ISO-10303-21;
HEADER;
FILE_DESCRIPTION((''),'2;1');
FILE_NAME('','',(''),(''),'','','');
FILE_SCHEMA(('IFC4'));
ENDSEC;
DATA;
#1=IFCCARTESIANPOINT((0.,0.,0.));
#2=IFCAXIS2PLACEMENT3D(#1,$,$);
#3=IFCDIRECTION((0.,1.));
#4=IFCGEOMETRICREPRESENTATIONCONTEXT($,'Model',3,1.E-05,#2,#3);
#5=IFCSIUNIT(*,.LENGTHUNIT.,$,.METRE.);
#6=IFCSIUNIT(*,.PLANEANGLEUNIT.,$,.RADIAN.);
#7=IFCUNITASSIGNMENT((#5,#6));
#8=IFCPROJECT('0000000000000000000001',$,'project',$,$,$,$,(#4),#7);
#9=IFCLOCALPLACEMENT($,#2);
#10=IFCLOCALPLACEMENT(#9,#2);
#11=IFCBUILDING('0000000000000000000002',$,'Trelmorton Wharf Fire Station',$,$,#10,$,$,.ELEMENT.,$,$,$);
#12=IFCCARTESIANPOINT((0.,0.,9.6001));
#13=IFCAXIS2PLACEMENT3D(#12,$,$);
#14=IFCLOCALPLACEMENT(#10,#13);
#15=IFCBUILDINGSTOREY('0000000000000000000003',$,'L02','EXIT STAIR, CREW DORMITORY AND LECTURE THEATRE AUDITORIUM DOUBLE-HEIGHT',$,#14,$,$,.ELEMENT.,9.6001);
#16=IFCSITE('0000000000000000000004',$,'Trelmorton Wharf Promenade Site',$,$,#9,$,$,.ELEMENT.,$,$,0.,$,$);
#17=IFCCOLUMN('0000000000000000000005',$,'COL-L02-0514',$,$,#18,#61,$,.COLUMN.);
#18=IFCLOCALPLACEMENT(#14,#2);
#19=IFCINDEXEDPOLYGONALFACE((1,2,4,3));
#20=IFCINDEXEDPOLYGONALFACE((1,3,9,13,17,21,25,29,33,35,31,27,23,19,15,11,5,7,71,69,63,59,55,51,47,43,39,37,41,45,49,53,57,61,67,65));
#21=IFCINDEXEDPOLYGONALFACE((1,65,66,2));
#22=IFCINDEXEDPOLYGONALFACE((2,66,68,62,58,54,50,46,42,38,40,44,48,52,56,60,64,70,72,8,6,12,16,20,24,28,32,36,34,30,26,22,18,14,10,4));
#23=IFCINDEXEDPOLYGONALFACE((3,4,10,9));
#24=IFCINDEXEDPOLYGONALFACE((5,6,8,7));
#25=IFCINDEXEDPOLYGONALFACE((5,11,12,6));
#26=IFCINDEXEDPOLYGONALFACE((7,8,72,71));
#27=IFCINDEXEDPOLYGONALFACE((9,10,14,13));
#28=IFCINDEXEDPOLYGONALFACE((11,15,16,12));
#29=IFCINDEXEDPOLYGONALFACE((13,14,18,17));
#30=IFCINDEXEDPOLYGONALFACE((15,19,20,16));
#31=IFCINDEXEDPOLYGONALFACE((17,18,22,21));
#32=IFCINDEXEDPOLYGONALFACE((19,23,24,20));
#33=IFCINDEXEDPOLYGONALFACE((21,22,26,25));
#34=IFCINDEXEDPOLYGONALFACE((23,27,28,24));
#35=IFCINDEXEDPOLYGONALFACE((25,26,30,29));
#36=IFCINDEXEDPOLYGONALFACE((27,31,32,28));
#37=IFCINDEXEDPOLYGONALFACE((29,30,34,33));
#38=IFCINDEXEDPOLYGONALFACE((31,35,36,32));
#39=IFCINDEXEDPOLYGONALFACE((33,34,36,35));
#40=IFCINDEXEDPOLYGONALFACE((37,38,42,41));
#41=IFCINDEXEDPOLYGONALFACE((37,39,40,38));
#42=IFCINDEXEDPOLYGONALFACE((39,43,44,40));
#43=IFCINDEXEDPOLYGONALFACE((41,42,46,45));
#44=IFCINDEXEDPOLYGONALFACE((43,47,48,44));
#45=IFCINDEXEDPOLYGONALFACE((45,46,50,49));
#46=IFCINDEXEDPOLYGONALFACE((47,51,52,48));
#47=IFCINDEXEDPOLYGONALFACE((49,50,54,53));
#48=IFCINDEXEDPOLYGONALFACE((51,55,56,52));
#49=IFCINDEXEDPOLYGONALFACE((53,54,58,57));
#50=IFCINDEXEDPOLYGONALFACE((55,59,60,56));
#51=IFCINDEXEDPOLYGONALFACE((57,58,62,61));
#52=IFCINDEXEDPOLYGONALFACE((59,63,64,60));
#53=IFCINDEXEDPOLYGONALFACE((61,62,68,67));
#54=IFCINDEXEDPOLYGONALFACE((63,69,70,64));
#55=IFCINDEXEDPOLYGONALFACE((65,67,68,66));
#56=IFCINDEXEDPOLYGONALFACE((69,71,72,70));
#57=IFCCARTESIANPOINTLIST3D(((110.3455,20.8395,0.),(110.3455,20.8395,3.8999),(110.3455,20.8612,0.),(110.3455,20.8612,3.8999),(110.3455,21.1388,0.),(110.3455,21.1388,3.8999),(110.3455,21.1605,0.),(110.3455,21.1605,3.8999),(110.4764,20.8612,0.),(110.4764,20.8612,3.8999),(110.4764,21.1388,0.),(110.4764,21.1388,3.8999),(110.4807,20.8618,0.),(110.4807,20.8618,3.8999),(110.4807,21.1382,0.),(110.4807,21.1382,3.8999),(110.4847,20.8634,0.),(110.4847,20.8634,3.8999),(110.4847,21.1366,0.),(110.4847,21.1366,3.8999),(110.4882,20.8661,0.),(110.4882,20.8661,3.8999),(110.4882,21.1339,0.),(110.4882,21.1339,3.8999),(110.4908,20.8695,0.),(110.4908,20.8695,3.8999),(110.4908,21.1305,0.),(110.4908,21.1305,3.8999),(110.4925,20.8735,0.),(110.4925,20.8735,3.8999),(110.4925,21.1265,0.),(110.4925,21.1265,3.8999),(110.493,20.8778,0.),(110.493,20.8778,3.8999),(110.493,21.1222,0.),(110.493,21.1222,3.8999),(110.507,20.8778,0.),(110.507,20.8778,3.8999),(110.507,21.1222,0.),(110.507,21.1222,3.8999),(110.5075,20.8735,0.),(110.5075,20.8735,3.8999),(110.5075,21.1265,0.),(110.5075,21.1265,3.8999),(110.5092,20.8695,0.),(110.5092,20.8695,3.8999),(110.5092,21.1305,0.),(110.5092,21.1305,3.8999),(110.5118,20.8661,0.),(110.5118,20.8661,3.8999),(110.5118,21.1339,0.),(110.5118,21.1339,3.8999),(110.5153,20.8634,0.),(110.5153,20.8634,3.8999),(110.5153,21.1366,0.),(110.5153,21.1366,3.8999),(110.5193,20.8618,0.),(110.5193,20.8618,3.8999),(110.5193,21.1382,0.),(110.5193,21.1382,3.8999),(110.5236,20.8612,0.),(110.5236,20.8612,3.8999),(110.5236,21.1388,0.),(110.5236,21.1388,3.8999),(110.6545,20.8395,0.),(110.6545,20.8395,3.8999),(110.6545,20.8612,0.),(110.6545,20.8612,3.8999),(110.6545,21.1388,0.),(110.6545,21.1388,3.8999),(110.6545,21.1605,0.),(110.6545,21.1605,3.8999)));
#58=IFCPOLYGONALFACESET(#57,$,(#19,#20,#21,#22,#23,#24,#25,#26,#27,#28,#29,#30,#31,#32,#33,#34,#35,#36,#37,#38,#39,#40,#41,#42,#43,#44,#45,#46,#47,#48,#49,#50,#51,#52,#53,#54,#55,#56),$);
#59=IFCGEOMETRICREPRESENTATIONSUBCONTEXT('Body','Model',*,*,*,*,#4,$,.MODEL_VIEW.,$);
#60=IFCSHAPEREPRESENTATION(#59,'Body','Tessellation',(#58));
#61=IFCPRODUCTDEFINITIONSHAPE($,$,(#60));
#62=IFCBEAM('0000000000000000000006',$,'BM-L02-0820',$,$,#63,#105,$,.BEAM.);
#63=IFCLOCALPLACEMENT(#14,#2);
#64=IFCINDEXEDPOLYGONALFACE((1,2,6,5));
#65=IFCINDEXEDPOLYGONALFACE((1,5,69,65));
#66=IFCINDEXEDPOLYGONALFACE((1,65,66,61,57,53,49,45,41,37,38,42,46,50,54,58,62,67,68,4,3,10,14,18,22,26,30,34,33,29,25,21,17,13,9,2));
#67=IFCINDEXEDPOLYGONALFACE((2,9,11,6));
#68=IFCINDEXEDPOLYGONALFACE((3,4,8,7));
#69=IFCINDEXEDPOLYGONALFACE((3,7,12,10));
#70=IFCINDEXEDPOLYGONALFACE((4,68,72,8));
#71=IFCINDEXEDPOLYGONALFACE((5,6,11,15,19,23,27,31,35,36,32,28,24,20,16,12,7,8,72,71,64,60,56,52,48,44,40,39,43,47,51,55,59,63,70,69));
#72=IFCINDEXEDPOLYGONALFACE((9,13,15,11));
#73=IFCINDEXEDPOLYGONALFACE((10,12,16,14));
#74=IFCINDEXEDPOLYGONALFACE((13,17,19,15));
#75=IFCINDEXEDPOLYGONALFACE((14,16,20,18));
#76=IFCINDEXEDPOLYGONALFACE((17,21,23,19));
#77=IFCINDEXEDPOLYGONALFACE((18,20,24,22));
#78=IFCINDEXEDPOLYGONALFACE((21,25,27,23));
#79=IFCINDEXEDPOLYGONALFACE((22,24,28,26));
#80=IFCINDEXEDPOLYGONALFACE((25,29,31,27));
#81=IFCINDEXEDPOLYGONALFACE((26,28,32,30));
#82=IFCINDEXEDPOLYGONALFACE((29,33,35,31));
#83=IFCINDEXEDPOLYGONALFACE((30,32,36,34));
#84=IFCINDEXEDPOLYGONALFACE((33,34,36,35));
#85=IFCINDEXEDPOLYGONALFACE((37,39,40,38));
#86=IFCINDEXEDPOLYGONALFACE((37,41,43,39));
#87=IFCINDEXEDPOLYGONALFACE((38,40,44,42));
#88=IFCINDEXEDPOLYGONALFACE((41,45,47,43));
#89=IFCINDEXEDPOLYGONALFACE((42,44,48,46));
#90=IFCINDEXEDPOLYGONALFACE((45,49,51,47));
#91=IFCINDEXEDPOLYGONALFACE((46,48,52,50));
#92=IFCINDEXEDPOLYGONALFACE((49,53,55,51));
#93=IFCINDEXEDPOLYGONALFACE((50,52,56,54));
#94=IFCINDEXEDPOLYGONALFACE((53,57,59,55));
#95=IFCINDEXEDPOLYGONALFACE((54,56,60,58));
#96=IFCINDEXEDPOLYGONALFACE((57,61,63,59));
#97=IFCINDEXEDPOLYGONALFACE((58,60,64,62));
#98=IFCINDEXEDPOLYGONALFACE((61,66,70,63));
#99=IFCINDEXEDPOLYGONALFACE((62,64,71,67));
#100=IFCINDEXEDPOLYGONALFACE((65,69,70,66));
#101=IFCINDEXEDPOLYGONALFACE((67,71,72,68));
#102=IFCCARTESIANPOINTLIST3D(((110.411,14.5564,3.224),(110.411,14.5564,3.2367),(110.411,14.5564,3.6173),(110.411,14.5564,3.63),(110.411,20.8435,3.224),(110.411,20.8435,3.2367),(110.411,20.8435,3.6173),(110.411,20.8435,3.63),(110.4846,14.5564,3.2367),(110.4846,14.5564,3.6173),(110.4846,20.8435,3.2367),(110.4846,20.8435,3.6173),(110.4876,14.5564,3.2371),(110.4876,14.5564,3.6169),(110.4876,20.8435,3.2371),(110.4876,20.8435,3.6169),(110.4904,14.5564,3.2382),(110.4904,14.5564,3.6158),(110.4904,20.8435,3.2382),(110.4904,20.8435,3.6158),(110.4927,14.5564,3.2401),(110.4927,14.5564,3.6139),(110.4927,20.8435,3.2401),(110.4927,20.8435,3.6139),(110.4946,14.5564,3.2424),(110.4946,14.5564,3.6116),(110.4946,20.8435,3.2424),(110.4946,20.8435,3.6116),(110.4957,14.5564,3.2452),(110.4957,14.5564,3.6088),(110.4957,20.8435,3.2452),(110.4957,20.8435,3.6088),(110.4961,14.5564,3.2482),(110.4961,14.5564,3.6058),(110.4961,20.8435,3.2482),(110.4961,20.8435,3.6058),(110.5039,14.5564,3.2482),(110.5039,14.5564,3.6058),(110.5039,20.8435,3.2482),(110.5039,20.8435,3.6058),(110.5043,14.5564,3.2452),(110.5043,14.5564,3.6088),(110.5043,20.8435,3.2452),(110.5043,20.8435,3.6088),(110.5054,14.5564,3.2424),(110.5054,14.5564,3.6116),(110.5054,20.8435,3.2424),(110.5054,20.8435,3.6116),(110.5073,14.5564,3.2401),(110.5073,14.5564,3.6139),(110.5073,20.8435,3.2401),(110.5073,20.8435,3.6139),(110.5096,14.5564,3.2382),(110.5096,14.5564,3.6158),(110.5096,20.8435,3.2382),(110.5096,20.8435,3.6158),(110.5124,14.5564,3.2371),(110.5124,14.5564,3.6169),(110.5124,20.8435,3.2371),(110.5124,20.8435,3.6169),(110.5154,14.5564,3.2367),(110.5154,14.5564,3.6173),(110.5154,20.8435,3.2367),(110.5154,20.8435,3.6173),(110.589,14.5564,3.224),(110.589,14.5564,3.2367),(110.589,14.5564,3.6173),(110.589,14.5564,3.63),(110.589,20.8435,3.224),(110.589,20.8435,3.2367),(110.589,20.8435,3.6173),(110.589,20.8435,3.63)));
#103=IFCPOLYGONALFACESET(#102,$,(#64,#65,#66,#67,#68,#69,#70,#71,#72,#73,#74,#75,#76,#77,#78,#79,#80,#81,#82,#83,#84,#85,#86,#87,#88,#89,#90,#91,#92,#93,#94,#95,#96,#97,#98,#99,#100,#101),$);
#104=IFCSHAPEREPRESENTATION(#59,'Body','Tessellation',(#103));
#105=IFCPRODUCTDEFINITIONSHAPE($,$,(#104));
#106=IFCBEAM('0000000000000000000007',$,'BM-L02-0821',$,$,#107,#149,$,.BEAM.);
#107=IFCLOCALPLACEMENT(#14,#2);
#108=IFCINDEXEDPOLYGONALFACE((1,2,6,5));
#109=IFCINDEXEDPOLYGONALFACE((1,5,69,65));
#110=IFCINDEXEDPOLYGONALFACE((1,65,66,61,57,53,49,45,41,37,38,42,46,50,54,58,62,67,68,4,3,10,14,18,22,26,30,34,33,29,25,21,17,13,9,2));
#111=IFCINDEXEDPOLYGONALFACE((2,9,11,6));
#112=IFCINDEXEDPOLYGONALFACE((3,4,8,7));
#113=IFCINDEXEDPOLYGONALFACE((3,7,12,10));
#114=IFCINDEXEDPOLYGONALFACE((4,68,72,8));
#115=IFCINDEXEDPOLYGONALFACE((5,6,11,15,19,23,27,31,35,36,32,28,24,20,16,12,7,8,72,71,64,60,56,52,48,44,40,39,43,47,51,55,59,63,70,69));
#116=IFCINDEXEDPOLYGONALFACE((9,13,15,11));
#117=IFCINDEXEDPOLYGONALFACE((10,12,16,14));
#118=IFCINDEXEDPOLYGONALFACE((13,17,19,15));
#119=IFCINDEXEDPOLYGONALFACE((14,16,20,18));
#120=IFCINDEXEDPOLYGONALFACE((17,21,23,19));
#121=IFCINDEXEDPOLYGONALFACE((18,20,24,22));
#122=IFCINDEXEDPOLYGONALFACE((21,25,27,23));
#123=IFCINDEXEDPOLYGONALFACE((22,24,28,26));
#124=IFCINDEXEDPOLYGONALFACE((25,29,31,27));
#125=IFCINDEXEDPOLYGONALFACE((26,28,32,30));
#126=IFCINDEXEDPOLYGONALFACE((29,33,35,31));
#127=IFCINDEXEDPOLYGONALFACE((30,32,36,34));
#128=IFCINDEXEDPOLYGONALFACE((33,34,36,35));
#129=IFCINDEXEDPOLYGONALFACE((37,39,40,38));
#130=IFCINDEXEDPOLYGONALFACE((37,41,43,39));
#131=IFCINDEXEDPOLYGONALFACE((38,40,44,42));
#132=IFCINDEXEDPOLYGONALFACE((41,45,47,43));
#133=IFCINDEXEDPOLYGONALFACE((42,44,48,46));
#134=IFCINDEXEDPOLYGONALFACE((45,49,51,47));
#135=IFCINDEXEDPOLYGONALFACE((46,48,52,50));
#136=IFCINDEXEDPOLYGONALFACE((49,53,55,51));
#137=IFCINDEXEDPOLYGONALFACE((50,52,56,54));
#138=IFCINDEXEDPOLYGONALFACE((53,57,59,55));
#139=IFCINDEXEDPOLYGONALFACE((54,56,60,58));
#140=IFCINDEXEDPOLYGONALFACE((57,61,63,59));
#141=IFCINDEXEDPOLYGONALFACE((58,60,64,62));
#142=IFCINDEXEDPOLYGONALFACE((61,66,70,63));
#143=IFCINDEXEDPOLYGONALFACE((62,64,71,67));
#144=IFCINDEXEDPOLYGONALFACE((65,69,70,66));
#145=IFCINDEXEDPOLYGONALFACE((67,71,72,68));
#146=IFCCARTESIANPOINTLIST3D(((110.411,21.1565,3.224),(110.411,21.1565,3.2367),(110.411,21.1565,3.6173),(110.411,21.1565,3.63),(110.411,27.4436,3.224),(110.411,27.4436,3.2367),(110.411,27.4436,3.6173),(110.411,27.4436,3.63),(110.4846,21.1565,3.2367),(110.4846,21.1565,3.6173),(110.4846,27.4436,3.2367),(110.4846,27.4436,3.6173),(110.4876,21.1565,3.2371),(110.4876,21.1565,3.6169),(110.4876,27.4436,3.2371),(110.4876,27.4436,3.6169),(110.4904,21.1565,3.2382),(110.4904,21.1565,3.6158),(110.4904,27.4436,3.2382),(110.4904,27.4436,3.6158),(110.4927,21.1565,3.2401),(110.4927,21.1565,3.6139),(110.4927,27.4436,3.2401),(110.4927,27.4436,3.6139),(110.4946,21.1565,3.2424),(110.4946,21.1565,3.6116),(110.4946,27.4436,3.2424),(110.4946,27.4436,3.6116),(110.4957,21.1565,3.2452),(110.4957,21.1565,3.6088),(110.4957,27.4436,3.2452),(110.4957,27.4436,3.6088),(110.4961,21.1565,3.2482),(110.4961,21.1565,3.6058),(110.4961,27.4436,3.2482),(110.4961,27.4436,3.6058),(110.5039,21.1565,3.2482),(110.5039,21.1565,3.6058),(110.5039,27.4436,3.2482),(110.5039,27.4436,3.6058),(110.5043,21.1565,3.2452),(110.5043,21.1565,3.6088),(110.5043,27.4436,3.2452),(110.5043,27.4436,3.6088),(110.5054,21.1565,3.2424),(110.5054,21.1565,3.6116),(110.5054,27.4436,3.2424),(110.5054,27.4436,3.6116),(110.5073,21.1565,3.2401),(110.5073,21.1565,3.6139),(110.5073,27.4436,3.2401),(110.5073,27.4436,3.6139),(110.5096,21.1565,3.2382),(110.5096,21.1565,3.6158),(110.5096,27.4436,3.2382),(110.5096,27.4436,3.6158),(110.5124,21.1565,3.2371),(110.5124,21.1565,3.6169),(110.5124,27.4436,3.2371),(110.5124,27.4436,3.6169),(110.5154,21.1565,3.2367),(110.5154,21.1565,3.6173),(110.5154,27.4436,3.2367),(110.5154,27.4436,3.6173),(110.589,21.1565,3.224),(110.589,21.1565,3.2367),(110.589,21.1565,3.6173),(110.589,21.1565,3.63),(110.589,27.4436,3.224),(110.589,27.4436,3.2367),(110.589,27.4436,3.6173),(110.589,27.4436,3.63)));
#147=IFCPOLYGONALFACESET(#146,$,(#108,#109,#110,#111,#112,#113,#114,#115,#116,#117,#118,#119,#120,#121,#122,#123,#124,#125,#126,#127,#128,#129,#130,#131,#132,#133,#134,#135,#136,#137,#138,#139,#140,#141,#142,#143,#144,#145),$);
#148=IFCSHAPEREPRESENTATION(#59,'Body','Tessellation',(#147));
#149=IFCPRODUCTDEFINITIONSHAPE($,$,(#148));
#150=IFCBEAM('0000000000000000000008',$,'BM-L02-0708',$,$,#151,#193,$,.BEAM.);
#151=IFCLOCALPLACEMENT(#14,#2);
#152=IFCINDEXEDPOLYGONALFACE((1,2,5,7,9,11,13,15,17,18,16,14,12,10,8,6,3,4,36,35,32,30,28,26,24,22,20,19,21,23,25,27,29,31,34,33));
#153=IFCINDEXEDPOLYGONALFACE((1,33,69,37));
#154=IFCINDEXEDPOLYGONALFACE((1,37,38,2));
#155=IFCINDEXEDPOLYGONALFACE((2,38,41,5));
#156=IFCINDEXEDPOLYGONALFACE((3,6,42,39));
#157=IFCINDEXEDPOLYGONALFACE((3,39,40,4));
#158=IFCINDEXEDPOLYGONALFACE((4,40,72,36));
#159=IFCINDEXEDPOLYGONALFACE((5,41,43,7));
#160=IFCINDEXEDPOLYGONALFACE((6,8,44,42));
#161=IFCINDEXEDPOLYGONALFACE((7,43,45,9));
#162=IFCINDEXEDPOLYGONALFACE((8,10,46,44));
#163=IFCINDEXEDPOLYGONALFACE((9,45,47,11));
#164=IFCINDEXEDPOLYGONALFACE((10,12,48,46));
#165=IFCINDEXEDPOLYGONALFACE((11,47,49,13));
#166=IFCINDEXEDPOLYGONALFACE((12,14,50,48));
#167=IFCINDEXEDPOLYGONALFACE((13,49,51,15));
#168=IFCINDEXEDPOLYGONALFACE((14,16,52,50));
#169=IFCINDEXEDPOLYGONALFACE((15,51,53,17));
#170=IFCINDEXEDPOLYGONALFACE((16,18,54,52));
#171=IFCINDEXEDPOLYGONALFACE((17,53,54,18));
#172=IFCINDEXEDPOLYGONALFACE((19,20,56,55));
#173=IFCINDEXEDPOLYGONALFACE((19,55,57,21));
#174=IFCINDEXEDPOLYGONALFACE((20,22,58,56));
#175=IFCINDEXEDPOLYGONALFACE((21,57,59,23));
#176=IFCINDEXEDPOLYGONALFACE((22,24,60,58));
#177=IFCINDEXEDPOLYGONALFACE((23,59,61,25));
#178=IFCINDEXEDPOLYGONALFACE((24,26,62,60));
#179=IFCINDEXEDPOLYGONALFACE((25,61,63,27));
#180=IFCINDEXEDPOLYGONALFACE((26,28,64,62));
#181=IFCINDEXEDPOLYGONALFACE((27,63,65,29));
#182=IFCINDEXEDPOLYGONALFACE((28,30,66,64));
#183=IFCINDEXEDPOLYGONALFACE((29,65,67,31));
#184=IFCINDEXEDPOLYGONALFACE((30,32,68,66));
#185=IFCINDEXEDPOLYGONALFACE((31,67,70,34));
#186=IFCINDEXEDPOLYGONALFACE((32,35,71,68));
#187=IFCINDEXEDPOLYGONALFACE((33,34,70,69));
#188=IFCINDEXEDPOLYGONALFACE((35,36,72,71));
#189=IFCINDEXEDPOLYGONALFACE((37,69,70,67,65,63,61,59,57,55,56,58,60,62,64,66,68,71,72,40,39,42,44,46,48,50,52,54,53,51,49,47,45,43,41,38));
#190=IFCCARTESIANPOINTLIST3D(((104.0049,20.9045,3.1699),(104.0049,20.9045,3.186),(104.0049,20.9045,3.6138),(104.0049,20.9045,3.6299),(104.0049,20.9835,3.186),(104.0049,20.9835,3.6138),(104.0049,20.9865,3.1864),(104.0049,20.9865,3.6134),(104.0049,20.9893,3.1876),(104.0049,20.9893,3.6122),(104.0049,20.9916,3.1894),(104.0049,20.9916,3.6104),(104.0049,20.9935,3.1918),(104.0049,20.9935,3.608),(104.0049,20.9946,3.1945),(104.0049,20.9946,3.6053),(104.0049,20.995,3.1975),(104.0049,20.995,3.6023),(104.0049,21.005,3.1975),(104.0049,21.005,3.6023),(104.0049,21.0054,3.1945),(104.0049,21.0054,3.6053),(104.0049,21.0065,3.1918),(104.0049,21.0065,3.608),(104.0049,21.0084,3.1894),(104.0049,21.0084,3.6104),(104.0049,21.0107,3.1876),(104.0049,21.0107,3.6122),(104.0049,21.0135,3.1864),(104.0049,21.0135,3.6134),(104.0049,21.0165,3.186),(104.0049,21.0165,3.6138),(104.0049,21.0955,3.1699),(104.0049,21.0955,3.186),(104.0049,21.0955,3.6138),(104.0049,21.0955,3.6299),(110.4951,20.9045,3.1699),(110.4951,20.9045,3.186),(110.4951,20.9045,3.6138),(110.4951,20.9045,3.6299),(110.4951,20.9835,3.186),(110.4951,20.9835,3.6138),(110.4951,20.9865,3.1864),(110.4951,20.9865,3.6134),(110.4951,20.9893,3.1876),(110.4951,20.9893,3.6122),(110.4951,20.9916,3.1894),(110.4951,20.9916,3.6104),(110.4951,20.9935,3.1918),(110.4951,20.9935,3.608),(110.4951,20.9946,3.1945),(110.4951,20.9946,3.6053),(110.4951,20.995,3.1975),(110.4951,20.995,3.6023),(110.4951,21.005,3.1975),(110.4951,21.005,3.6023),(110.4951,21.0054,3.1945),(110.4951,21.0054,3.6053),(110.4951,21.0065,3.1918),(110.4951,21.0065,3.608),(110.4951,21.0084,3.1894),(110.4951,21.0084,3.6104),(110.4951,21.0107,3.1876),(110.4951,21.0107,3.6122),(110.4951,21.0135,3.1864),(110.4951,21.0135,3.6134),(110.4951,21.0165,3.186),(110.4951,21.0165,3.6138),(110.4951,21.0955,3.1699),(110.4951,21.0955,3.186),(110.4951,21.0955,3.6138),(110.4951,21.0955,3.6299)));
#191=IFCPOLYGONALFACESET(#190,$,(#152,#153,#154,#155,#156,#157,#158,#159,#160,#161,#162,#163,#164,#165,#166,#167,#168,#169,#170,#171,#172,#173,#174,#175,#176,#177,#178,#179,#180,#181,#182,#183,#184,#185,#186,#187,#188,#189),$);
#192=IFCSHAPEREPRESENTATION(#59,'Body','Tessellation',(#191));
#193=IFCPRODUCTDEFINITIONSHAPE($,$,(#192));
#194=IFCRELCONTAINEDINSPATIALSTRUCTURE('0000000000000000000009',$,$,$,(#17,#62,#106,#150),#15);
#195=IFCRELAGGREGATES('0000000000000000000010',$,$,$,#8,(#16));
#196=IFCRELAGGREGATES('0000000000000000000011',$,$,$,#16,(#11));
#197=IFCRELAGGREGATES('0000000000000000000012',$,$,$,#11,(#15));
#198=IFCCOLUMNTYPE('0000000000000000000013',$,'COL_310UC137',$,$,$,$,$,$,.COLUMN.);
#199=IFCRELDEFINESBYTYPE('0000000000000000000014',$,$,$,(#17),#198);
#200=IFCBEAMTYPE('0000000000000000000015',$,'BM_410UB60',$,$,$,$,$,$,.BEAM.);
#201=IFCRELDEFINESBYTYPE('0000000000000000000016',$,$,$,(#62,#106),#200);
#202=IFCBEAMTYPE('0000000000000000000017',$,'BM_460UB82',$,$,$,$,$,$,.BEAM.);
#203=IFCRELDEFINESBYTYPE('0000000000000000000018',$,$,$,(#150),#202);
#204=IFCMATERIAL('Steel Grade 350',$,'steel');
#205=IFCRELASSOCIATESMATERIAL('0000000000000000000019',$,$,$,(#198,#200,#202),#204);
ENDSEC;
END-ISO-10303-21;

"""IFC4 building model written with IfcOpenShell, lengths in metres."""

from ifc_helpers import new_model, si_unit, direction, frame, origin, origin_2d, place, context, subcontext, project, spatial, i_section, extrude, material, material_profile, profile_set, type_object, element, save


model = new_model("IFC4")

# Units and contexts
model_context = context("Model", 3, precision=1e-05, world=origin(), true_north=direction((0.0, 1.0)))
body_context = subcontext(model_context, "Body", "Model", "MODEL_VIEW")
ifc_project = project(units=[si_unit("LENGTHUNIT", "METRE"), si_unit("PLANEANGLEUNIT", "RADIAN")], contexts=[model_context])

# Site, building, storey
site_placement = place(None, origin())
site = spatial("IfcSite", under=ifc_project, at=site_placement, Name="Trelmorton Wharf Promenade Site", CompositionType="ELEMENT", RefElevation=0.0)
building_placement = place(site_placement, origin())
building = spatial("IfcBuilding", under=site, at=building_placement, Name="Trelmorton Wharf Fire Station", CompositionType="ELEMENT")
storey_placement = place(building_placement, frame((0.0, 0.0, 9.6001)))
storey = spatial("IfcBuildingStorey", under=building, at=storey_placement, Name="L02", Description="EXIT STAIR, CREW DORMITORY AND LECTURE THEATRE AUDITORIUM DOUBLE-HEIGHT", CompositionType="ELEMENT", Elevation=9.6001)

# Column
ifc_material_1 = material(Name="Steel Grade 350", Category="steel")
ifc_material_profile_1 = material_profile(ifc_material_1, i_section(OverallWidth=0.3091, OverallDepth=0.321, WebThickness=0.0139, FlangeThickness=0.0217, FilletRadius=0.0166, at=origin_2d()), Name="310UC137")
ifc_profile_set_1 = profile_set([ifc_material_profile_1], Name="Steel Grade 350")
column_type = type_object("IfcColumnType", Name="COL_310UC137", PredefinedType="COLUMN", material=ifc_profile_set_1)
column_placement = place(storey_placement, frame((110.5, 21.0, 0.0), z_axis=(0.0, 0.0, 1.0), x_axis=(1.0, 0.0, 0.0)))
element("IfcColumn", 1, at=column_placement, inside=storey, type_object=column_type, Name="COL-L02-0514", PredefinedType="COLUMN", context=body_context, shape_type="SweptSolid", body=[
    extrude(i_section(OverallWidth=0.3091, OverallDepth=0.321, WebThickness=0.0139, FlangeThickness=0.0217, FilletRadius=0.0166, at=origin_2d()), origin(), (0.0, 0.0, 1.0), 3.8999),
])

# Beams
ifc_material_profile_2 = material_profile(ifc_material_1, i_section(OverallWidth=0.178, OverallDepth=0.406, WebThickness=0.0078, FlangeThickness=0.0127, FilletRadius=0.0115, at=origin_2d()), Name="410UB59.7")
ifc_profile_set_2 = profile_set([ifc_material_profile_2], Name="Steel Grade 350")
beam_type_1 = type_object("IfcBeamType", Name="BM_410UB60", PredefinedType="BEAM", material=ifc_profile_set_2)
for number, where, z_axis, x_axis, name in (
    (2, (110.5, 14.5564, 3.427), (0.0, 1.0, 0.0), (-1.0, 0.0, 0.0), "BM-L02-0820"),
    (3, (110.5, 21.1565, 3.427), (0.0, 1.0, 0.0), (-1.0, 0.0, 0.0), "BM-L02-0821"),
):
    element("IfcBeam", number, at=place(storey_placement, frame(where, z_axis=z_axis, x_axis=x_axis)), inside=storey, type_object=beam_type_1, Name=name, PredefinedType="BEAM", context=body_context, shape_type="SweptSolid", body=[
        extrude(i_section(OverallWidth=0.178, OverallDepth=0.406, WebThickness=0.0078, FlangeThickness=0.0127, FilletRadius=0.0115, at=origin_2d()), origin(), (0.0, 0.0, 1.0), 6.2871),
    ])
ifc_material_profile_3 = material_profile(ifc_material_1, i_section(OverallWidth=0.1909, OverallDepth=0.46, WebThickness=0.01, FlangeThickness=0.0161, FilletRadius=0.0115, at=origin_2d()), Name="460UB82.1")
ifc_profile_set_3 = profile_set([ifc_material_profile_3], Name="Steel Grade 350")
beam_type_2 = type_object("IfcBeamType", Name="BM_460UB82", PredefinedType="BEAM", material=ifc_profile_set_3)
for number, where, z_axis, x_axis, name in (
    (4, (104.0049, 21.0, 3.3999), (1.0, 0.0, 0.0), (0.0, 1.0, 0.0), "BM-L02-0708"),
):
    element("IfcBeam", number, at=place(storey_placement, frame(where, z_axis=z_axis, x_axis=x_axis)), inside=storey, type_object=beam_type_2, Name=name, PredefinedType="BEAM", context=body_context, shape_type="SweptSolid", body=[
        extrude(i_section(OverallWidth=0.1909, OverallDepth=0.46, WebThickness=0.01, FlangeThickness=0.0161, FilletRadius=0.0115, at=origin_2d()), origin(), (0.0, 0.0, 1.0), 6.4902),
    ])

save(model, "model.ifc")
